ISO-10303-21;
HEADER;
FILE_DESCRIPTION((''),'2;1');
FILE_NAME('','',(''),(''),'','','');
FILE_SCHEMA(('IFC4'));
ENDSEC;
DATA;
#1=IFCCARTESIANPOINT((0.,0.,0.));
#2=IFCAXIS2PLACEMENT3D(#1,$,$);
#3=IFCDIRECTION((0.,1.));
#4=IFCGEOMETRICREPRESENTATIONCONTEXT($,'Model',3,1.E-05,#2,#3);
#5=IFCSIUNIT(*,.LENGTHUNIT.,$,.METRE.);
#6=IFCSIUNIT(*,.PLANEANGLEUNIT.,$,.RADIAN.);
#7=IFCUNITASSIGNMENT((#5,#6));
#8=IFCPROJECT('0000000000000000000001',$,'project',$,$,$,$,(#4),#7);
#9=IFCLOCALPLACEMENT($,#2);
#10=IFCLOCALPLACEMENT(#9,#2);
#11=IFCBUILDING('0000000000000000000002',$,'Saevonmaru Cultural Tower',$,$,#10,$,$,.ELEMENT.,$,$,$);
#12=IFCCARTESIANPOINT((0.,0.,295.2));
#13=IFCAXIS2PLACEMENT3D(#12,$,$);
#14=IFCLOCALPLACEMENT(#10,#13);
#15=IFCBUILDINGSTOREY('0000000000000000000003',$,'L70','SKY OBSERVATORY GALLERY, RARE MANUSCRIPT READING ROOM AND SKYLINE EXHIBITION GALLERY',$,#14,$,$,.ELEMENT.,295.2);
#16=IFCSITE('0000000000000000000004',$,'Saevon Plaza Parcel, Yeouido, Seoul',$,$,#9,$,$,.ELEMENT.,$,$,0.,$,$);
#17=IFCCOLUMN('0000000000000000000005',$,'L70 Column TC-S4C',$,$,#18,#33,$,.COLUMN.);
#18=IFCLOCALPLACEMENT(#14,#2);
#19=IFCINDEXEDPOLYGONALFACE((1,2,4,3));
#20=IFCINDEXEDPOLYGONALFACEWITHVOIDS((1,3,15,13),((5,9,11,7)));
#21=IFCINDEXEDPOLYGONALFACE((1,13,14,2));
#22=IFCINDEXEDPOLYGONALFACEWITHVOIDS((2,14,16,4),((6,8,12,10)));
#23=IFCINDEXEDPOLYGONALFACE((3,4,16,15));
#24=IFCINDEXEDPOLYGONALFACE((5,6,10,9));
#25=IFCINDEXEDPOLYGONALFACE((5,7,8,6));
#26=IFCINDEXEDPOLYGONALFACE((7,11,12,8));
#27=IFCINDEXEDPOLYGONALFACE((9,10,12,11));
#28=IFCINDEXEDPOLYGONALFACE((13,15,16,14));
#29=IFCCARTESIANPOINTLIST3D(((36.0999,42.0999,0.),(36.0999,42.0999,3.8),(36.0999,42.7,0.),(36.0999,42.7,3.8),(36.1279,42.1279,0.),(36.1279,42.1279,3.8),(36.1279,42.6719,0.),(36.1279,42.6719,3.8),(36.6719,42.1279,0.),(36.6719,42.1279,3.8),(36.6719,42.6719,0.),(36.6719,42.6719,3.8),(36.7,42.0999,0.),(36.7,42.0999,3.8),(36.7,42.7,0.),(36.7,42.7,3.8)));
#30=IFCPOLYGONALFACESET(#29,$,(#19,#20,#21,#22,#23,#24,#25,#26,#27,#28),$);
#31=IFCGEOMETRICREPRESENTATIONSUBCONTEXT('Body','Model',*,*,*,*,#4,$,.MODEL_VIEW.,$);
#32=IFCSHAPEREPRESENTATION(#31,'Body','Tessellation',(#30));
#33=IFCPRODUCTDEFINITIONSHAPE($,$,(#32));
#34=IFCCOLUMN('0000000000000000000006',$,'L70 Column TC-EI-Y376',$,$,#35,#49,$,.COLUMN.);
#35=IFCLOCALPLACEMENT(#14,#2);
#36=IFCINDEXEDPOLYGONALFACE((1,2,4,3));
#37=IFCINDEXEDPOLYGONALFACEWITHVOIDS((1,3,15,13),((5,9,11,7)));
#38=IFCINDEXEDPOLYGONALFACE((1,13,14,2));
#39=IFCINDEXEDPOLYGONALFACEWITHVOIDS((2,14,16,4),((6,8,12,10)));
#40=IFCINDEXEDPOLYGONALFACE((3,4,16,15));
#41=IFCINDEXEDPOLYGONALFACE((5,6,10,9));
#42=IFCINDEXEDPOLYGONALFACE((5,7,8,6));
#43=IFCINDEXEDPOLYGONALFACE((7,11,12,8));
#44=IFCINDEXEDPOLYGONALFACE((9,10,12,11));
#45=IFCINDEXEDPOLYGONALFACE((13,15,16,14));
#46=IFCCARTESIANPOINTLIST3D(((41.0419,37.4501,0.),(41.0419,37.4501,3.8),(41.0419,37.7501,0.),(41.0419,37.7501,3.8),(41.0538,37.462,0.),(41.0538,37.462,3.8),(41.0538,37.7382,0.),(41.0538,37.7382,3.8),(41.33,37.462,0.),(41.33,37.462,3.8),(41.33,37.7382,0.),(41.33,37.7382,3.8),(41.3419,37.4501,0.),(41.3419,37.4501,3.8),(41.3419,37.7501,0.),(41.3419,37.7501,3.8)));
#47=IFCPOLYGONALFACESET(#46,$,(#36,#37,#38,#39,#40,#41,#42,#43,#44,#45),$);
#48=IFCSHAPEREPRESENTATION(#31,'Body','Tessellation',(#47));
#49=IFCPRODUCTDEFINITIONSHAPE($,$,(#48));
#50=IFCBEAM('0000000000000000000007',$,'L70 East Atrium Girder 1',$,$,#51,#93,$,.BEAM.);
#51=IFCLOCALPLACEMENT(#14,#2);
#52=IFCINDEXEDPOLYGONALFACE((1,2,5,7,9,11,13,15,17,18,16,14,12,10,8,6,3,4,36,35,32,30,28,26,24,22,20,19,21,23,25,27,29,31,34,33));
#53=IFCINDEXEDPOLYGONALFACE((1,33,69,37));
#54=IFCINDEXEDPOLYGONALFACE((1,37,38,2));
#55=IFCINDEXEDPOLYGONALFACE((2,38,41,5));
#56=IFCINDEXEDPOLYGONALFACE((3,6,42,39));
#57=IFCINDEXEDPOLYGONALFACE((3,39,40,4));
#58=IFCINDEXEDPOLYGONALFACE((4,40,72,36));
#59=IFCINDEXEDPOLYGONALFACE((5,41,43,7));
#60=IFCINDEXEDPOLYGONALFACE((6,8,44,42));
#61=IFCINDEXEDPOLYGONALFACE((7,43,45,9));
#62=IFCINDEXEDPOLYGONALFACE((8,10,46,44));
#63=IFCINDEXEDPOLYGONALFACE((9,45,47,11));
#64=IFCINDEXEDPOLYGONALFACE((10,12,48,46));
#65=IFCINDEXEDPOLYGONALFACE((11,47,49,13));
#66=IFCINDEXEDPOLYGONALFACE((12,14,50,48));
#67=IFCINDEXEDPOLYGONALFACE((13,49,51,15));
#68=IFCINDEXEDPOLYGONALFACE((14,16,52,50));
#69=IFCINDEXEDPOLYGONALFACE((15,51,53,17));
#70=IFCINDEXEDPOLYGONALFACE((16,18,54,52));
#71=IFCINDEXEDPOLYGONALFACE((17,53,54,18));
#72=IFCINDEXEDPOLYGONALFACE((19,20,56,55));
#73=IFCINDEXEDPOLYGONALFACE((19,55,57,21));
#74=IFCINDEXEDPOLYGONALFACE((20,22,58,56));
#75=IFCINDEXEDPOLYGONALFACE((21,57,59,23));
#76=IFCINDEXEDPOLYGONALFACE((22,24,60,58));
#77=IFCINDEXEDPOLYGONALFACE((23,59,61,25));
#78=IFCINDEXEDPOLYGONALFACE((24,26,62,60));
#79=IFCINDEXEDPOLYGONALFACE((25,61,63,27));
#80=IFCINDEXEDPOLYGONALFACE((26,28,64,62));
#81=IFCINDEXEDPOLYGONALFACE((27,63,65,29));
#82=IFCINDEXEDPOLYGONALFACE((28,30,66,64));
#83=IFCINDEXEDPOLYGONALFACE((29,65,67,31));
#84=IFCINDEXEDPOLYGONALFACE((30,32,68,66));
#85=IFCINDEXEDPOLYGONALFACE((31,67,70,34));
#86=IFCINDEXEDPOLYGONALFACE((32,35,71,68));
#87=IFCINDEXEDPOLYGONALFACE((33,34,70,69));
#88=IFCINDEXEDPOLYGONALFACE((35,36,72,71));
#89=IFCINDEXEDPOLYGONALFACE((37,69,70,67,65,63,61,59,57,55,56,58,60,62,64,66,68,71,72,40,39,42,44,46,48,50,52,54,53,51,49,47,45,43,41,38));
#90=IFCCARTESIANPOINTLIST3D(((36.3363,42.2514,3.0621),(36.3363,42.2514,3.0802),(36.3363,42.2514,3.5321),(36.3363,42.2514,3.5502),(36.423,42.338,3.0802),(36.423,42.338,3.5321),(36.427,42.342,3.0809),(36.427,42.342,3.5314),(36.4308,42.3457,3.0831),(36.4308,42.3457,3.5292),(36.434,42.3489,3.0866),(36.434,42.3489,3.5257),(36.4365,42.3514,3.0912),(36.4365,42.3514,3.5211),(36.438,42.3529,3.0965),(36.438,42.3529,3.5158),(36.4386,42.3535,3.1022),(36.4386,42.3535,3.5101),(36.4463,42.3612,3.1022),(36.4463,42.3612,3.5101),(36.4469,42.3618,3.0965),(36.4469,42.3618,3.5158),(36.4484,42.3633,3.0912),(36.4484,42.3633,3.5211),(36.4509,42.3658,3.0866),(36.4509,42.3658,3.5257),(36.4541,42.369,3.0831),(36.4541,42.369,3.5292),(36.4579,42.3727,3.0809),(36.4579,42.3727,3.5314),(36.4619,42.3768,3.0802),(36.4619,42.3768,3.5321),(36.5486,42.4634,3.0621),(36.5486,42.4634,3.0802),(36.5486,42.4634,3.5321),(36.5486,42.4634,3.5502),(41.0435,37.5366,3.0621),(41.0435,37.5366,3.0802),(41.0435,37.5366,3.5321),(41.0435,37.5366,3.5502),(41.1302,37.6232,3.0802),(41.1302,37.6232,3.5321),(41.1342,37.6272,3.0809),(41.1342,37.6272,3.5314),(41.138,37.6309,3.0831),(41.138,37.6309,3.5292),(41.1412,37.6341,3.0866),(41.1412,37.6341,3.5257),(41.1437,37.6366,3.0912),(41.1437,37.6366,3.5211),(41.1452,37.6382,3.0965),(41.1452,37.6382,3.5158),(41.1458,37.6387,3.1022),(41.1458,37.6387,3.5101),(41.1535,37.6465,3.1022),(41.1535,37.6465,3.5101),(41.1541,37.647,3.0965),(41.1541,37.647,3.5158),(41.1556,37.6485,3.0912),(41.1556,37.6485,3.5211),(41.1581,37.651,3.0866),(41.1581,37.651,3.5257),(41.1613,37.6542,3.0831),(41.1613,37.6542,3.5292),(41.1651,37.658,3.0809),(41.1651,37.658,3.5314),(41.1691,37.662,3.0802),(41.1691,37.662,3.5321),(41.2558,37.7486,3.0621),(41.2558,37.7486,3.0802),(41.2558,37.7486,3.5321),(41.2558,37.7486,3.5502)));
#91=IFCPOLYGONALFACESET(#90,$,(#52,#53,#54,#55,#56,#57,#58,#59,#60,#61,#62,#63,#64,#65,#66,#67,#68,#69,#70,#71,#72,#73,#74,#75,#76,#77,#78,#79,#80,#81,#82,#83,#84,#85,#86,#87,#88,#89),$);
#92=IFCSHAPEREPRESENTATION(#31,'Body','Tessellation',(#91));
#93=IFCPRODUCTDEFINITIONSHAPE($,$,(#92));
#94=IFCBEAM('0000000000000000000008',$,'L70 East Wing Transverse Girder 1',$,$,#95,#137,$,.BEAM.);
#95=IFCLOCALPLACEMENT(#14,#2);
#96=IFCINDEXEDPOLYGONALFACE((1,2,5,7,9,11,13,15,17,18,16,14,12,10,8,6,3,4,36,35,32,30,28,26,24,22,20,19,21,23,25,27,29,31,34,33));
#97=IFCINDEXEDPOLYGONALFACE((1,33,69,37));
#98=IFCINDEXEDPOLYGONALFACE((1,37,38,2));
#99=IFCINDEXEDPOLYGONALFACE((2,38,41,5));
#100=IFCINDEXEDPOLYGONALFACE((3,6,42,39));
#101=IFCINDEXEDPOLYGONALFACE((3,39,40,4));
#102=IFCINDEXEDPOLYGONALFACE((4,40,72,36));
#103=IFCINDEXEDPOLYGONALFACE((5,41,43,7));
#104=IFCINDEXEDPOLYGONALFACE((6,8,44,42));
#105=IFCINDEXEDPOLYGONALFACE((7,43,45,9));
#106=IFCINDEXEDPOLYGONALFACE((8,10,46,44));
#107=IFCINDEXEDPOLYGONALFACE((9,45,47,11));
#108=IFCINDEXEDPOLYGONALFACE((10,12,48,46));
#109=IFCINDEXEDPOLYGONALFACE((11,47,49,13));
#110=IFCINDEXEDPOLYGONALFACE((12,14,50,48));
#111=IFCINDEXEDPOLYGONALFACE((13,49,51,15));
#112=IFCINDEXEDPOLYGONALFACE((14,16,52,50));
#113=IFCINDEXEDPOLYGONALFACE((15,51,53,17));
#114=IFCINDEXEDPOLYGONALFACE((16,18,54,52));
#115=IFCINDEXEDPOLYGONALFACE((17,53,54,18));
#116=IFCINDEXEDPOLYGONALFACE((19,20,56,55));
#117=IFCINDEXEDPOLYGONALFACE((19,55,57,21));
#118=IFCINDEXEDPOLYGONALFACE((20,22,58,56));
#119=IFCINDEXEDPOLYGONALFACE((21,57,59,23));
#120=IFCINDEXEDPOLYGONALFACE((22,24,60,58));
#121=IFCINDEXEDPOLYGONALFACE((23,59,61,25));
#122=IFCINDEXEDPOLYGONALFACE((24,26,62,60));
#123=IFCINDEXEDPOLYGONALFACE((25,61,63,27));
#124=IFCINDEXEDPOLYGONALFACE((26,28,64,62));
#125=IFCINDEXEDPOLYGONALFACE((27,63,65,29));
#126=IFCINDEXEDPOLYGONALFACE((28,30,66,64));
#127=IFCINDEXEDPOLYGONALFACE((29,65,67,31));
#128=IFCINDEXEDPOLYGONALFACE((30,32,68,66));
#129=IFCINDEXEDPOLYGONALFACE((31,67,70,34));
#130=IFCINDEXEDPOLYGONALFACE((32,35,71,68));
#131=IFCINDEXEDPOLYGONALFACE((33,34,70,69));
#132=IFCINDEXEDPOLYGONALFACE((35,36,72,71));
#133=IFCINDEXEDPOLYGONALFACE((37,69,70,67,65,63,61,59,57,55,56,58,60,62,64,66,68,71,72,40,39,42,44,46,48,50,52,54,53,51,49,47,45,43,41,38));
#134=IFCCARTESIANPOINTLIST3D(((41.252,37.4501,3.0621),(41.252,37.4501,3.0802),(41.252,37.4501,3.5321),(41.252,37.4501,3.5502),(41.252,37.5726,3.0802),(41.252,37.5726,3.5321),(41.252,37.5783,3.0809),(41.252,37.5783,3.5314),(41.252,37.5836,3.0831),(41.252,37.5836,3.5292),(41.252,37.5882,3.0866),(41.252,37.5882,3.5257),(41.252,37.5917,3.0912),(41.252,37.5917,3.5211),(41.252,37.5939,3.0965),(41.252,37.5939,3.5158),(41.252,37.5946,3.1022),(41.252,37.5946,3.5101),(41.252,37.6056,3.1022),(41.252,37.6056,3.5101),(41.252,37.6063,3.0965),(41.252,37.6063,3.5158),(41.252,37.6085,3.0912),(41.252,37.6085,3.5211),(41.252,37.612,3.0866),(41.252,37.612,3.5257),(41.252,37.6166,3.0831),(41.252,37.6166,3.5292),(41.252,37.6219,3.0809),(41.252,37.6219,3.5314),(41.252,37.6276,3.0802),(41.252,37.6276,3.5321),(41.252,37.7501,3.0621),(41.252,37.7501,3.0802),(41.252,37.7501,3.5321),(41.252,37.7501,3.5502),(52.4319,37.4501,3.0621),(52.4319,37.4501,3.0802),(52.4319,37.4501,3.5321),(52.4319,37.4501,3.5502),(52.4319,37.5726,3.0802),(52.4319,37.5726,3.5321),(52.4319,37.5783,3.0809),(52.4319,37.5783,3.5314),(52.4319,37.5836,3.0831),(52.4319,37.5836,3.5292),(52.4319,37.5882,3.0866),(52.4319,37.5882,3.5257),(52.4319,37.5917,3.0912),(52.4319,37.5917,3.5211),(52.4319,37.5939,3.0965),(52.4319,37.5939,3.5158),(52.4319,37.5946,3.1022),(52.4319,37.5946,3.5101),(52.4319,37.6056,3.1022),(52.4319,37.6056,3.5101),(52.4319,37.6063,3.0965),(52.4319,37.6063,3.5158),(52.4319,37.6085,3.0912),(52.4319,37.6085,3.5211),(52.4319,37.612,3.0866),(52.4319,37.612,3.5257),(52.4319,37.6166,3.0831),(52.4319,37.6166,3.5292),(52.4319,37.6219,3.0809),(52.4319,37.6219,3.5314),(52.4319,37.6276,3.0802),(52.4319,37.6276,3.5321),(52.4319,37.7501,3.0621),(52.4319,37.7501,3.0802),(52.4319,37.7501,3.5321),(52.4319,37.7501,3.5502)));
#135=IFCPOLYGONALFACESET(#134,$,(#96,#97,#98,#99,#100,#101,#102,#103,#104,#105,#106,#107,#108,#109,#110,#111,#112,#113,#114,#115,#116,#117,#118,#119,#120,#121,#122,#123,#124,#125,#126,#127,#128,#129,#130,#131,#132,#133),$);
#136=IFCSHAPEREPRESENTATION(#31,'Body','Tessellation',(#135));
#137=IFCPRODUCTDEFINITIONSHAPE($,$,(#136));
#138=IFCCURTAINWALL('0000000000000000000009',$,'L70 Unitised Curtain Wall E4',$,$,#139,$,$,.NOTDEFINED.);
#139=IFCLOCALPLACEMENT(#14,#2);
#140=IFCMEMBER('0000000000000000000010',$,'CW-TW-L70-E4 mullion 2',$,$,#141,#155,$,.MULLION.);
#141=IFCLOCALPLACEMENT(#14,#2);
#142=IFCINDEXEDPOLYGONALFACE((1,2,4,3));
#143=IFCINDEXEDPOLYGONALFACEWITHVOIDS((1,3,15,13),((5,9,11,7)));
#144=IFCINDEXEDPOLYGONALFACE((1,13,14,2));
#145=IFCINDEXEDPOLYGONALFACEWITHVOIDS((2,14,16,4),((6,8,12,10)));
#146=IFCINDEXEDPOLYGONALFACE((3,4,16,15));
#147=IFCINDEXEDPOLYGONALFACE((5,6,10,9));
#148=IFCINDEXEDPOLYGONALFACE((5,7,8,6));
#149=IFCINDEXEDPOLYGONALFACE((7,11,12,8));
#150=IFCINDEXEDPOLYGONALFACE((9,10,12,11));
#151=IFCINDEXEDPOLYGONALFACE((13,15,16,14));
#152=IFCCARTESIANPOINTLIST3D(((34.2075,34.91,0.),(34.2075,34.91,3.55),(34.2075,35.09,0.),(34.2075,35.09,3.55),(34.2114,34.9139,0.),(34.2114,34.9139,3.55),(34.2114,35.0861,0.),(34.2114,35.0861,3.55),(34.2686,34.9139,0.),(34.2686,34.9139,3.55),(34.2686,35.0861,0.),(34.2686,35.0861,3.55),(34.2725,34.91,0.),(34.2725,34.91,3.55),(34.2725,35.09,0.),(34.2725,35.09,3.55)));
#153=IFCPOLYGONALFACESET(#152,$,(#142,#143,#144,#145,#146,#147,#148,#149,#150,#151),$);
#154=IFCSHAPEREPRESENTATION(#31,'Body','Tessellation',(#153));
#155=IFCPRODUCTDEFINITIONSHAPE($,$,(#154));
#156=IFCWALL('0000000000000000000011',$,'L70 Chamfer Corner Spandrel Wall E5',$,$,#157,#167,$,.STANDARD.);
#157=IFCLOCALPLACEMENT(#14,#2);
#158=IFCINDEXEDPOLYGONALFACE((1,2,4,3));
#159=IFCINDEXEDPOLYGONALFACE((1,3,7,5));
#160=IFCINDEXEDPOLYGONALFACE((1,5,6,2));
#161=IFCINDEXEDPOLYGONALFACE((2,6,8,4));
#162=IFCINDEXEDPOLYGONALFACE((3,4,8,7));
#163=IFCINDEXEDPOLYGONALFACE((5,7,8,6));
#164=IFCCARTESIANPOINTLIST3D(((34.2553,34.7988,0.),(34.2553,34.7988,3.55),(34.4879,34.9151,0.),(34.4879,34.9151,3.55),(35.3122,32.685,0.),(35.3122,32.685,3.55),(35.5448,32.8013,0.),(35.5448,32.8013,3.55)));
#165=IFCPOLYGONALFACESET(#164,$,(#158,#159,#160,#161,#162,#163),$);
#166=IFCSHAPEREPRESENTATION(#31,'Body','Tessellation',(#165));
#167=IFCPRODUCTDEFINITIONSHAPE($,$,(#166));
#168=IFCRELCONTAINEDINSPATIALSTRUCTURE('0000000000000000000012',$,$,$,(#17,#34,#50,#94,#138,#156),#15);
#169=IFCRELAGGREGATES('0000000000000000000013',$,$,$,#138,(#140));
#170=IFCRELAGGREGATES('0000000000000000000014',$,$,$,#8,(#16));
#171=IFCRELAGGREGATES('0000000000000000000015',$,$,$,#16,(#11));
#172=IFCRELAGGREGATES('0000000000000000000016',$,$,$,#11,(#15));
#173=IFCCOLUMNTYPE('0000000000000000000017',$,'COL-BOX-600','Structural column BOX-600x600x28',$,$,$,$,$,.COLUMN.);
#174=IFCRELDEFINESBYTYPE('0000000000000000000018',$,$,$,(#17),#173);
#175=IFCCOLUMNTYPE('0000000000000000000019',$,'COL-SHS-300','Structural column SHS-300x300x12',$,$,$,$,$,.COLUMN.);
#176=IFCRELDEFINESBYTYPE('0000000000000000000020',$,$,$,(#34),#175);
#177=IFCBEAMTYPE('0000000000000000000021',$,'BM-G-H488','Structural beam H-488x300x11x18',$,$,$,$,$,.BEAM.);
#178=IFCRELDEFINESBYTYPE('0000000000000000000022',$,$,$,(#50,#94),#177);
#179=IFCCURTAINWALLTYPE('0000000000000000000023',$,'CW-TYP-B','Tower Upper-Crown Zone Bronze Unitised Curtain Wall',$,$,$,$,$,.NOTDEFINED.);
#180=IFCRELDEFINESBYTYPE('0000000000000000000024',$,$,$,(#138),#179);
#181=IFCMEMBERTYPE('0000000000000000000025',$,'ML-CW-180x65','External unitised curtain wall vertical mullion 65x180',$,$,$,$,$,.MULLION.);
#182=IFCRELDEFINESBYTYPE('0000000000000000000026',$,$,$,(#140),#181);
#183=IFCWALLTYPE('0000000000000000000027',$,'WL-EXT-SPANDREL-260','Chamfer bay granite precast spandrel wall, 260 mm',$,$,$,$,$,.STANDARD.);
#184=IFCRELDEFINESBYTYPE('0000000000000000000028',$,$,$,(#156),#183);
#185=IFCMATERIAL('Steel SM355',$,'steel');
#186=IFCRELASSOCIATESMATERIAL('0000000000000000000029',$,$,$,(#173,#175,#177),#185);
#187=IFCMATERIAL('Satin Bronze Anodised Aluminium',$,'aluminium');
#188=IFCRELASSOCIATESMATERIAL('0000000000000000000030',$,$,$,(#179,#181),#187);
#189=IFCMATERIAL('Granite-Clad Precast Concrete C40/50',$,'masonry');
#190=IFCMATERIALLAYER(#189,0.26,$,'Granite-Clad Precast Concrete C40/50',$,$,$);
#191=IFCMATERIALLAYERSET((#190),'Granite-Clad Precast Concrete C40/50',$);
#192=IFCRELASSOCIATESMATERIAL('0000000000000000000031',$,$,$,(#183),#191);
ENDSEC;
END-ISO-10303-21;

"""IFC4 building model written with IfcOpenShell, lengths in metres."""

from ifc_helpers import new_model, si_unit, direction, frame, frame_2d, origin, origin_2d, place, context, subcontext, project, spatial, rectangle, hollow_rectangle, i_section, extrude, material, layer, layer_set, material_profile, profile_set, type_object, element, aggregate, save


model = new_model("IFC4")

# Units and contexts
model_context = context("Model", 3, precision=1e-05, world=origin(), true_north=direction((0.0, 1.0)))
body_context = subcontext(model_context, "Body", "Model", "MODEL_VIEW")
ifc_project = project(units=[si_unit("LENGTHUNIT", "METRE"), si_unit("PLANEANGLEUNIT", "RADIAN")], contexts=[model_context])

# Site, building, storey
site_placement = place(None, origin())
site = spatial("IfcSite", under=ifc_project, at=site_placement, Name="Saevon Plaza Parcel, Yeouido, Seoul", CompositionType="ELEMENT", RefElevation=0.0)
building_placement = place(site_placement, origin())
building = spatial("IfcBuilding", under=site, at=building_placement, Name="Saevonmaru Cultural Tower", CompositionType="ELEMENT")
storey_placement = place(building_placement, frame((0.0, 0.0, 295.2)))
storey = spatial("IfcBuildingStorey", under=building, at=storey_placement, Name="L70", Description="SKY OBSERVATORY GALLERY, RARE MANUSCRIPT READING ROOM AND SKYLINE EXHIBITION GALLERY", CompositionType="ELEMENT", Elevation=295.2)

# Columns
ifc_material_1 = material(Name="Steel SM355", Category="steel")
ifc_material_profile_1 = material_profile(ifc_material_1, hollow_rectangle(XDim=0.6001, YDim=0.6001, WallThickness=0.0281, at=origin_2d()), Name="BOX-600x600x28")
ifc_profile_set_1 = profile_set([ifc_material_profile_1], Name="Steel SM355")
column_type_1 = type_object("IfcColumnType", Name="COL-BOX-600", Description="Structural column BOX-600x600x28", PredefinedType="COLUMN", material=ifc_profile_set_1)
column_1_placement = place(storey_placement, frame((36.3999, 42.3999, 0.0), z_axis=(0.0, 0.0, 1.0), x_axis=(1.0, 0.0, 0.0)))
element("IfcColumn", 1, at=column_1_placement, inside=storey, type_object=column_type_1, Name="L70 Column TC-S4C", PredefinedType="COLUMN", context=body_context, shape_type="SweptSolid", body=[
    extrude(hollow_rectangle(XDim=0.6001, YDim=0.6001, WallThickness=0.0281, at=origin_2d()), origin(), (0.0, 0.0, 1.0), 3.8),
])
ifc_material_profile_2 = material_profile(ifc_material_1, hollow_rectangle(XDim=0.3, YDim=0.3, WallThickness=0.012, at=origin_2d()), Name="SHS-300x300x12")
ifc_profile_set_2 = profile_set([ifc_material_profile_2], Name="Steel SM355")
column_type_2 = type_object("IfcColumnType", Name="COL-SHS-300", Description="Structural column SHS-300x300x12", PredefinedType="COLUMN", material=ifc_profile_set_2)
column_2_placement = place(storey_placement, frame((41.1919, 37.6001, 0.0), z_axis=(0.0, 0.0, 1.0), x_axis=(1.0, 0.0, 0.0)))
element("IfcColumn", 2, at=column_2_placement, inside=storey, type_object=column_type_2, Name="L70 Column TC-EI-Y376", PredefinedType="COLUMN", context=body_context, shape_type="SweptSolid", body=[
    extrude(hollow_rectangle(XDim=0.3, YDim=0.3, WallThickness=0.012, at=origin_2d()), origin(), (0.0, 0.0, 1.0), 3.8),
])

# Beams
ifc_material_profile_3 = material_profile(ifc_material_1, i_section(OverallWidth=0.3, OverallDepth=0.488, WebThickness=0.011, FlangeThickness=0.0181, FilletRadius=0.022, at=origin_2d()), Name="H-488x300x11x18")
ifc_profile_set_3 = profile_set([ifc_material_profile_3], Name="Steel SM355")
beam_type = type_object("IfcBeamType", Name="BM-G-H488", Description="Structural beam H-488x300x11x18", PredefinedType="BEAM", material=ifc_profile_set_3)
beam_1_placement = place(storey_placement, frame((41.1497, 37.6426, 3.3062), z_axis=(-0.706539, 0.707675, 0.0), x_axis=(-0.707675, -0.706539, 0.0)))
element("IfcBeam", 3, at=beam_1_placement, inside=storey, type_object=beam_type, Name="L70 East Atrium Girder 1", PredefinedType="BEAM", context=body_context, shape_type="SweptSolid", body=[
    extrude(i_section(OverallWidth=0.3, OverallDepth=0.488, WebThickness=0.011, FlangeThickness=0.0181, FilletRadius=0.022, at=origin_2d()), origin(), (0.0, 0.0, 1.0), 6.6624),
])
beam_2_placement = place(storey_placement, frame((41.252, 37.6001, 3.3062), z_axis=(1.0, 0.0, 0.0), x_axis=(0.0, 1.0, 0.0)))
element("IfcBeam", 4, at=beam_2_placement, inside=storey, type_object=beam_type, Name="L70 East Wing Transverse Girder 1", PredefinedType="BEAM", context=body_context, shape_type="SweptSolid", body=[
    extrude(i_section(OverallWidth=0.3, OverallDepth=0.488, WebThickness=0.011, FlangeThickness=0.0181, FilletRadius=0.022, at=origin_2d()), origin(), (0.0, 0.0, 1.0), 11.1799),
])

# Curtain wall, member
ifc_material_2 = material(Name="Satin Bronze Anodised Aluminium", Category="aluminium")
curtain_wall_type = type_object("IfcCurtainWallType", Name="CW-TYP-B", Description="Tower Upper-Crown Zone Bronze Unitised Curtain Wall", PredefinedType="NOTDEFINED", material=ifc_material_2)
curtain_wall_placement = place(storey_placement, origin())
curtain_wall = element("IfcCurtainWall", 5, at=curtain_wall_placement, inside=storey, type_object=curtain_wall_type, Name="L70 Unitised Curtain Wall E4", PredefinedType="NOTDEFINED")
ifc_material_profile_4 = material_profile(ifc_material_2, hollow_rectangle(XDim=0.0649, YDim=0.1799, WallThickness=0.0039, at=origin_2d()), Name="ALU-MULL-180x65x4")
ifc_profile_set_4 = profile_set([ifc_material_profile_4], Name="Satin Bronze Anodised Aluminium")
member_type = type_object("IfcMemberType", Name="ML-CW-180x65", Description="External unitised curtain wall vertical mullion 65x180", PredefinedType="MULLION", material=ifc_profile_set_4)
member_placement = place(storey_placement, frame((34.24, 35.0, 0.0), z_axis=(0.0, 0.0, 1.0), x_axis=(1.0, 0.0, 0.0)))
member = element("IfcMember", 6, at=member_placement, type_object=member_type, Name="CW-TW-L70-E4 mullion 2", PredefinedType="MULLION", context=body_context, shape_type="SweptSolid", body=[
    extrude(hollow_rectangle(XDim=0.0649, YDim=0.1799, WallThickness=0.0039, at=origin_2d()), origin(), (0.0, 0.0, 1.0), 3.55),
])
aggregate(curtain_wall, [member])

# Wall
ifc_material_3 = material(Name="Granite-Clad Precast Concrete C40/50", Category="masonry")
ifc_layer_1 = layer(ifc_material_3, 0.26, Name="Granite-Clad Precast Concrete C40/50")
ifc_layer_set_1 = layer_set([ifc_layer_1], Name="Granite-Clad Precast Concrete C40/50")
wall_type_1 = type_object("IfcWallType", Name="WL-EXT-SPANDREL-260", Description="Chamfer bay granite precast spandrel wall, 260 mm", PredefinedType="STANDARD", material=ifc_layer_set_1)
wall_1_placement = place(storey_placement, frame((34.3716, 34.8569, 0.0), z_axis=(0.0, 0.0, 1.0), x_axis=(0.447214, -0.894427, 0.0)))
element("IfcWall", 7, at=wall_1_placement, inside=storey, type_object=wall_type_1, Name="L70 Chamfer Corner Spandrel Wall E5", PredefinedType="STANDARD", context=body_context, shape_type="SweptSolid", body=[
    extrude(rectangle(XDim=2.3633, YDim=0.26, at=frame_2d((1.1816, 0.0))), origin(), (0.0, 0.0, 1.0), 3.55),
])

save(model, "model.ifc")
